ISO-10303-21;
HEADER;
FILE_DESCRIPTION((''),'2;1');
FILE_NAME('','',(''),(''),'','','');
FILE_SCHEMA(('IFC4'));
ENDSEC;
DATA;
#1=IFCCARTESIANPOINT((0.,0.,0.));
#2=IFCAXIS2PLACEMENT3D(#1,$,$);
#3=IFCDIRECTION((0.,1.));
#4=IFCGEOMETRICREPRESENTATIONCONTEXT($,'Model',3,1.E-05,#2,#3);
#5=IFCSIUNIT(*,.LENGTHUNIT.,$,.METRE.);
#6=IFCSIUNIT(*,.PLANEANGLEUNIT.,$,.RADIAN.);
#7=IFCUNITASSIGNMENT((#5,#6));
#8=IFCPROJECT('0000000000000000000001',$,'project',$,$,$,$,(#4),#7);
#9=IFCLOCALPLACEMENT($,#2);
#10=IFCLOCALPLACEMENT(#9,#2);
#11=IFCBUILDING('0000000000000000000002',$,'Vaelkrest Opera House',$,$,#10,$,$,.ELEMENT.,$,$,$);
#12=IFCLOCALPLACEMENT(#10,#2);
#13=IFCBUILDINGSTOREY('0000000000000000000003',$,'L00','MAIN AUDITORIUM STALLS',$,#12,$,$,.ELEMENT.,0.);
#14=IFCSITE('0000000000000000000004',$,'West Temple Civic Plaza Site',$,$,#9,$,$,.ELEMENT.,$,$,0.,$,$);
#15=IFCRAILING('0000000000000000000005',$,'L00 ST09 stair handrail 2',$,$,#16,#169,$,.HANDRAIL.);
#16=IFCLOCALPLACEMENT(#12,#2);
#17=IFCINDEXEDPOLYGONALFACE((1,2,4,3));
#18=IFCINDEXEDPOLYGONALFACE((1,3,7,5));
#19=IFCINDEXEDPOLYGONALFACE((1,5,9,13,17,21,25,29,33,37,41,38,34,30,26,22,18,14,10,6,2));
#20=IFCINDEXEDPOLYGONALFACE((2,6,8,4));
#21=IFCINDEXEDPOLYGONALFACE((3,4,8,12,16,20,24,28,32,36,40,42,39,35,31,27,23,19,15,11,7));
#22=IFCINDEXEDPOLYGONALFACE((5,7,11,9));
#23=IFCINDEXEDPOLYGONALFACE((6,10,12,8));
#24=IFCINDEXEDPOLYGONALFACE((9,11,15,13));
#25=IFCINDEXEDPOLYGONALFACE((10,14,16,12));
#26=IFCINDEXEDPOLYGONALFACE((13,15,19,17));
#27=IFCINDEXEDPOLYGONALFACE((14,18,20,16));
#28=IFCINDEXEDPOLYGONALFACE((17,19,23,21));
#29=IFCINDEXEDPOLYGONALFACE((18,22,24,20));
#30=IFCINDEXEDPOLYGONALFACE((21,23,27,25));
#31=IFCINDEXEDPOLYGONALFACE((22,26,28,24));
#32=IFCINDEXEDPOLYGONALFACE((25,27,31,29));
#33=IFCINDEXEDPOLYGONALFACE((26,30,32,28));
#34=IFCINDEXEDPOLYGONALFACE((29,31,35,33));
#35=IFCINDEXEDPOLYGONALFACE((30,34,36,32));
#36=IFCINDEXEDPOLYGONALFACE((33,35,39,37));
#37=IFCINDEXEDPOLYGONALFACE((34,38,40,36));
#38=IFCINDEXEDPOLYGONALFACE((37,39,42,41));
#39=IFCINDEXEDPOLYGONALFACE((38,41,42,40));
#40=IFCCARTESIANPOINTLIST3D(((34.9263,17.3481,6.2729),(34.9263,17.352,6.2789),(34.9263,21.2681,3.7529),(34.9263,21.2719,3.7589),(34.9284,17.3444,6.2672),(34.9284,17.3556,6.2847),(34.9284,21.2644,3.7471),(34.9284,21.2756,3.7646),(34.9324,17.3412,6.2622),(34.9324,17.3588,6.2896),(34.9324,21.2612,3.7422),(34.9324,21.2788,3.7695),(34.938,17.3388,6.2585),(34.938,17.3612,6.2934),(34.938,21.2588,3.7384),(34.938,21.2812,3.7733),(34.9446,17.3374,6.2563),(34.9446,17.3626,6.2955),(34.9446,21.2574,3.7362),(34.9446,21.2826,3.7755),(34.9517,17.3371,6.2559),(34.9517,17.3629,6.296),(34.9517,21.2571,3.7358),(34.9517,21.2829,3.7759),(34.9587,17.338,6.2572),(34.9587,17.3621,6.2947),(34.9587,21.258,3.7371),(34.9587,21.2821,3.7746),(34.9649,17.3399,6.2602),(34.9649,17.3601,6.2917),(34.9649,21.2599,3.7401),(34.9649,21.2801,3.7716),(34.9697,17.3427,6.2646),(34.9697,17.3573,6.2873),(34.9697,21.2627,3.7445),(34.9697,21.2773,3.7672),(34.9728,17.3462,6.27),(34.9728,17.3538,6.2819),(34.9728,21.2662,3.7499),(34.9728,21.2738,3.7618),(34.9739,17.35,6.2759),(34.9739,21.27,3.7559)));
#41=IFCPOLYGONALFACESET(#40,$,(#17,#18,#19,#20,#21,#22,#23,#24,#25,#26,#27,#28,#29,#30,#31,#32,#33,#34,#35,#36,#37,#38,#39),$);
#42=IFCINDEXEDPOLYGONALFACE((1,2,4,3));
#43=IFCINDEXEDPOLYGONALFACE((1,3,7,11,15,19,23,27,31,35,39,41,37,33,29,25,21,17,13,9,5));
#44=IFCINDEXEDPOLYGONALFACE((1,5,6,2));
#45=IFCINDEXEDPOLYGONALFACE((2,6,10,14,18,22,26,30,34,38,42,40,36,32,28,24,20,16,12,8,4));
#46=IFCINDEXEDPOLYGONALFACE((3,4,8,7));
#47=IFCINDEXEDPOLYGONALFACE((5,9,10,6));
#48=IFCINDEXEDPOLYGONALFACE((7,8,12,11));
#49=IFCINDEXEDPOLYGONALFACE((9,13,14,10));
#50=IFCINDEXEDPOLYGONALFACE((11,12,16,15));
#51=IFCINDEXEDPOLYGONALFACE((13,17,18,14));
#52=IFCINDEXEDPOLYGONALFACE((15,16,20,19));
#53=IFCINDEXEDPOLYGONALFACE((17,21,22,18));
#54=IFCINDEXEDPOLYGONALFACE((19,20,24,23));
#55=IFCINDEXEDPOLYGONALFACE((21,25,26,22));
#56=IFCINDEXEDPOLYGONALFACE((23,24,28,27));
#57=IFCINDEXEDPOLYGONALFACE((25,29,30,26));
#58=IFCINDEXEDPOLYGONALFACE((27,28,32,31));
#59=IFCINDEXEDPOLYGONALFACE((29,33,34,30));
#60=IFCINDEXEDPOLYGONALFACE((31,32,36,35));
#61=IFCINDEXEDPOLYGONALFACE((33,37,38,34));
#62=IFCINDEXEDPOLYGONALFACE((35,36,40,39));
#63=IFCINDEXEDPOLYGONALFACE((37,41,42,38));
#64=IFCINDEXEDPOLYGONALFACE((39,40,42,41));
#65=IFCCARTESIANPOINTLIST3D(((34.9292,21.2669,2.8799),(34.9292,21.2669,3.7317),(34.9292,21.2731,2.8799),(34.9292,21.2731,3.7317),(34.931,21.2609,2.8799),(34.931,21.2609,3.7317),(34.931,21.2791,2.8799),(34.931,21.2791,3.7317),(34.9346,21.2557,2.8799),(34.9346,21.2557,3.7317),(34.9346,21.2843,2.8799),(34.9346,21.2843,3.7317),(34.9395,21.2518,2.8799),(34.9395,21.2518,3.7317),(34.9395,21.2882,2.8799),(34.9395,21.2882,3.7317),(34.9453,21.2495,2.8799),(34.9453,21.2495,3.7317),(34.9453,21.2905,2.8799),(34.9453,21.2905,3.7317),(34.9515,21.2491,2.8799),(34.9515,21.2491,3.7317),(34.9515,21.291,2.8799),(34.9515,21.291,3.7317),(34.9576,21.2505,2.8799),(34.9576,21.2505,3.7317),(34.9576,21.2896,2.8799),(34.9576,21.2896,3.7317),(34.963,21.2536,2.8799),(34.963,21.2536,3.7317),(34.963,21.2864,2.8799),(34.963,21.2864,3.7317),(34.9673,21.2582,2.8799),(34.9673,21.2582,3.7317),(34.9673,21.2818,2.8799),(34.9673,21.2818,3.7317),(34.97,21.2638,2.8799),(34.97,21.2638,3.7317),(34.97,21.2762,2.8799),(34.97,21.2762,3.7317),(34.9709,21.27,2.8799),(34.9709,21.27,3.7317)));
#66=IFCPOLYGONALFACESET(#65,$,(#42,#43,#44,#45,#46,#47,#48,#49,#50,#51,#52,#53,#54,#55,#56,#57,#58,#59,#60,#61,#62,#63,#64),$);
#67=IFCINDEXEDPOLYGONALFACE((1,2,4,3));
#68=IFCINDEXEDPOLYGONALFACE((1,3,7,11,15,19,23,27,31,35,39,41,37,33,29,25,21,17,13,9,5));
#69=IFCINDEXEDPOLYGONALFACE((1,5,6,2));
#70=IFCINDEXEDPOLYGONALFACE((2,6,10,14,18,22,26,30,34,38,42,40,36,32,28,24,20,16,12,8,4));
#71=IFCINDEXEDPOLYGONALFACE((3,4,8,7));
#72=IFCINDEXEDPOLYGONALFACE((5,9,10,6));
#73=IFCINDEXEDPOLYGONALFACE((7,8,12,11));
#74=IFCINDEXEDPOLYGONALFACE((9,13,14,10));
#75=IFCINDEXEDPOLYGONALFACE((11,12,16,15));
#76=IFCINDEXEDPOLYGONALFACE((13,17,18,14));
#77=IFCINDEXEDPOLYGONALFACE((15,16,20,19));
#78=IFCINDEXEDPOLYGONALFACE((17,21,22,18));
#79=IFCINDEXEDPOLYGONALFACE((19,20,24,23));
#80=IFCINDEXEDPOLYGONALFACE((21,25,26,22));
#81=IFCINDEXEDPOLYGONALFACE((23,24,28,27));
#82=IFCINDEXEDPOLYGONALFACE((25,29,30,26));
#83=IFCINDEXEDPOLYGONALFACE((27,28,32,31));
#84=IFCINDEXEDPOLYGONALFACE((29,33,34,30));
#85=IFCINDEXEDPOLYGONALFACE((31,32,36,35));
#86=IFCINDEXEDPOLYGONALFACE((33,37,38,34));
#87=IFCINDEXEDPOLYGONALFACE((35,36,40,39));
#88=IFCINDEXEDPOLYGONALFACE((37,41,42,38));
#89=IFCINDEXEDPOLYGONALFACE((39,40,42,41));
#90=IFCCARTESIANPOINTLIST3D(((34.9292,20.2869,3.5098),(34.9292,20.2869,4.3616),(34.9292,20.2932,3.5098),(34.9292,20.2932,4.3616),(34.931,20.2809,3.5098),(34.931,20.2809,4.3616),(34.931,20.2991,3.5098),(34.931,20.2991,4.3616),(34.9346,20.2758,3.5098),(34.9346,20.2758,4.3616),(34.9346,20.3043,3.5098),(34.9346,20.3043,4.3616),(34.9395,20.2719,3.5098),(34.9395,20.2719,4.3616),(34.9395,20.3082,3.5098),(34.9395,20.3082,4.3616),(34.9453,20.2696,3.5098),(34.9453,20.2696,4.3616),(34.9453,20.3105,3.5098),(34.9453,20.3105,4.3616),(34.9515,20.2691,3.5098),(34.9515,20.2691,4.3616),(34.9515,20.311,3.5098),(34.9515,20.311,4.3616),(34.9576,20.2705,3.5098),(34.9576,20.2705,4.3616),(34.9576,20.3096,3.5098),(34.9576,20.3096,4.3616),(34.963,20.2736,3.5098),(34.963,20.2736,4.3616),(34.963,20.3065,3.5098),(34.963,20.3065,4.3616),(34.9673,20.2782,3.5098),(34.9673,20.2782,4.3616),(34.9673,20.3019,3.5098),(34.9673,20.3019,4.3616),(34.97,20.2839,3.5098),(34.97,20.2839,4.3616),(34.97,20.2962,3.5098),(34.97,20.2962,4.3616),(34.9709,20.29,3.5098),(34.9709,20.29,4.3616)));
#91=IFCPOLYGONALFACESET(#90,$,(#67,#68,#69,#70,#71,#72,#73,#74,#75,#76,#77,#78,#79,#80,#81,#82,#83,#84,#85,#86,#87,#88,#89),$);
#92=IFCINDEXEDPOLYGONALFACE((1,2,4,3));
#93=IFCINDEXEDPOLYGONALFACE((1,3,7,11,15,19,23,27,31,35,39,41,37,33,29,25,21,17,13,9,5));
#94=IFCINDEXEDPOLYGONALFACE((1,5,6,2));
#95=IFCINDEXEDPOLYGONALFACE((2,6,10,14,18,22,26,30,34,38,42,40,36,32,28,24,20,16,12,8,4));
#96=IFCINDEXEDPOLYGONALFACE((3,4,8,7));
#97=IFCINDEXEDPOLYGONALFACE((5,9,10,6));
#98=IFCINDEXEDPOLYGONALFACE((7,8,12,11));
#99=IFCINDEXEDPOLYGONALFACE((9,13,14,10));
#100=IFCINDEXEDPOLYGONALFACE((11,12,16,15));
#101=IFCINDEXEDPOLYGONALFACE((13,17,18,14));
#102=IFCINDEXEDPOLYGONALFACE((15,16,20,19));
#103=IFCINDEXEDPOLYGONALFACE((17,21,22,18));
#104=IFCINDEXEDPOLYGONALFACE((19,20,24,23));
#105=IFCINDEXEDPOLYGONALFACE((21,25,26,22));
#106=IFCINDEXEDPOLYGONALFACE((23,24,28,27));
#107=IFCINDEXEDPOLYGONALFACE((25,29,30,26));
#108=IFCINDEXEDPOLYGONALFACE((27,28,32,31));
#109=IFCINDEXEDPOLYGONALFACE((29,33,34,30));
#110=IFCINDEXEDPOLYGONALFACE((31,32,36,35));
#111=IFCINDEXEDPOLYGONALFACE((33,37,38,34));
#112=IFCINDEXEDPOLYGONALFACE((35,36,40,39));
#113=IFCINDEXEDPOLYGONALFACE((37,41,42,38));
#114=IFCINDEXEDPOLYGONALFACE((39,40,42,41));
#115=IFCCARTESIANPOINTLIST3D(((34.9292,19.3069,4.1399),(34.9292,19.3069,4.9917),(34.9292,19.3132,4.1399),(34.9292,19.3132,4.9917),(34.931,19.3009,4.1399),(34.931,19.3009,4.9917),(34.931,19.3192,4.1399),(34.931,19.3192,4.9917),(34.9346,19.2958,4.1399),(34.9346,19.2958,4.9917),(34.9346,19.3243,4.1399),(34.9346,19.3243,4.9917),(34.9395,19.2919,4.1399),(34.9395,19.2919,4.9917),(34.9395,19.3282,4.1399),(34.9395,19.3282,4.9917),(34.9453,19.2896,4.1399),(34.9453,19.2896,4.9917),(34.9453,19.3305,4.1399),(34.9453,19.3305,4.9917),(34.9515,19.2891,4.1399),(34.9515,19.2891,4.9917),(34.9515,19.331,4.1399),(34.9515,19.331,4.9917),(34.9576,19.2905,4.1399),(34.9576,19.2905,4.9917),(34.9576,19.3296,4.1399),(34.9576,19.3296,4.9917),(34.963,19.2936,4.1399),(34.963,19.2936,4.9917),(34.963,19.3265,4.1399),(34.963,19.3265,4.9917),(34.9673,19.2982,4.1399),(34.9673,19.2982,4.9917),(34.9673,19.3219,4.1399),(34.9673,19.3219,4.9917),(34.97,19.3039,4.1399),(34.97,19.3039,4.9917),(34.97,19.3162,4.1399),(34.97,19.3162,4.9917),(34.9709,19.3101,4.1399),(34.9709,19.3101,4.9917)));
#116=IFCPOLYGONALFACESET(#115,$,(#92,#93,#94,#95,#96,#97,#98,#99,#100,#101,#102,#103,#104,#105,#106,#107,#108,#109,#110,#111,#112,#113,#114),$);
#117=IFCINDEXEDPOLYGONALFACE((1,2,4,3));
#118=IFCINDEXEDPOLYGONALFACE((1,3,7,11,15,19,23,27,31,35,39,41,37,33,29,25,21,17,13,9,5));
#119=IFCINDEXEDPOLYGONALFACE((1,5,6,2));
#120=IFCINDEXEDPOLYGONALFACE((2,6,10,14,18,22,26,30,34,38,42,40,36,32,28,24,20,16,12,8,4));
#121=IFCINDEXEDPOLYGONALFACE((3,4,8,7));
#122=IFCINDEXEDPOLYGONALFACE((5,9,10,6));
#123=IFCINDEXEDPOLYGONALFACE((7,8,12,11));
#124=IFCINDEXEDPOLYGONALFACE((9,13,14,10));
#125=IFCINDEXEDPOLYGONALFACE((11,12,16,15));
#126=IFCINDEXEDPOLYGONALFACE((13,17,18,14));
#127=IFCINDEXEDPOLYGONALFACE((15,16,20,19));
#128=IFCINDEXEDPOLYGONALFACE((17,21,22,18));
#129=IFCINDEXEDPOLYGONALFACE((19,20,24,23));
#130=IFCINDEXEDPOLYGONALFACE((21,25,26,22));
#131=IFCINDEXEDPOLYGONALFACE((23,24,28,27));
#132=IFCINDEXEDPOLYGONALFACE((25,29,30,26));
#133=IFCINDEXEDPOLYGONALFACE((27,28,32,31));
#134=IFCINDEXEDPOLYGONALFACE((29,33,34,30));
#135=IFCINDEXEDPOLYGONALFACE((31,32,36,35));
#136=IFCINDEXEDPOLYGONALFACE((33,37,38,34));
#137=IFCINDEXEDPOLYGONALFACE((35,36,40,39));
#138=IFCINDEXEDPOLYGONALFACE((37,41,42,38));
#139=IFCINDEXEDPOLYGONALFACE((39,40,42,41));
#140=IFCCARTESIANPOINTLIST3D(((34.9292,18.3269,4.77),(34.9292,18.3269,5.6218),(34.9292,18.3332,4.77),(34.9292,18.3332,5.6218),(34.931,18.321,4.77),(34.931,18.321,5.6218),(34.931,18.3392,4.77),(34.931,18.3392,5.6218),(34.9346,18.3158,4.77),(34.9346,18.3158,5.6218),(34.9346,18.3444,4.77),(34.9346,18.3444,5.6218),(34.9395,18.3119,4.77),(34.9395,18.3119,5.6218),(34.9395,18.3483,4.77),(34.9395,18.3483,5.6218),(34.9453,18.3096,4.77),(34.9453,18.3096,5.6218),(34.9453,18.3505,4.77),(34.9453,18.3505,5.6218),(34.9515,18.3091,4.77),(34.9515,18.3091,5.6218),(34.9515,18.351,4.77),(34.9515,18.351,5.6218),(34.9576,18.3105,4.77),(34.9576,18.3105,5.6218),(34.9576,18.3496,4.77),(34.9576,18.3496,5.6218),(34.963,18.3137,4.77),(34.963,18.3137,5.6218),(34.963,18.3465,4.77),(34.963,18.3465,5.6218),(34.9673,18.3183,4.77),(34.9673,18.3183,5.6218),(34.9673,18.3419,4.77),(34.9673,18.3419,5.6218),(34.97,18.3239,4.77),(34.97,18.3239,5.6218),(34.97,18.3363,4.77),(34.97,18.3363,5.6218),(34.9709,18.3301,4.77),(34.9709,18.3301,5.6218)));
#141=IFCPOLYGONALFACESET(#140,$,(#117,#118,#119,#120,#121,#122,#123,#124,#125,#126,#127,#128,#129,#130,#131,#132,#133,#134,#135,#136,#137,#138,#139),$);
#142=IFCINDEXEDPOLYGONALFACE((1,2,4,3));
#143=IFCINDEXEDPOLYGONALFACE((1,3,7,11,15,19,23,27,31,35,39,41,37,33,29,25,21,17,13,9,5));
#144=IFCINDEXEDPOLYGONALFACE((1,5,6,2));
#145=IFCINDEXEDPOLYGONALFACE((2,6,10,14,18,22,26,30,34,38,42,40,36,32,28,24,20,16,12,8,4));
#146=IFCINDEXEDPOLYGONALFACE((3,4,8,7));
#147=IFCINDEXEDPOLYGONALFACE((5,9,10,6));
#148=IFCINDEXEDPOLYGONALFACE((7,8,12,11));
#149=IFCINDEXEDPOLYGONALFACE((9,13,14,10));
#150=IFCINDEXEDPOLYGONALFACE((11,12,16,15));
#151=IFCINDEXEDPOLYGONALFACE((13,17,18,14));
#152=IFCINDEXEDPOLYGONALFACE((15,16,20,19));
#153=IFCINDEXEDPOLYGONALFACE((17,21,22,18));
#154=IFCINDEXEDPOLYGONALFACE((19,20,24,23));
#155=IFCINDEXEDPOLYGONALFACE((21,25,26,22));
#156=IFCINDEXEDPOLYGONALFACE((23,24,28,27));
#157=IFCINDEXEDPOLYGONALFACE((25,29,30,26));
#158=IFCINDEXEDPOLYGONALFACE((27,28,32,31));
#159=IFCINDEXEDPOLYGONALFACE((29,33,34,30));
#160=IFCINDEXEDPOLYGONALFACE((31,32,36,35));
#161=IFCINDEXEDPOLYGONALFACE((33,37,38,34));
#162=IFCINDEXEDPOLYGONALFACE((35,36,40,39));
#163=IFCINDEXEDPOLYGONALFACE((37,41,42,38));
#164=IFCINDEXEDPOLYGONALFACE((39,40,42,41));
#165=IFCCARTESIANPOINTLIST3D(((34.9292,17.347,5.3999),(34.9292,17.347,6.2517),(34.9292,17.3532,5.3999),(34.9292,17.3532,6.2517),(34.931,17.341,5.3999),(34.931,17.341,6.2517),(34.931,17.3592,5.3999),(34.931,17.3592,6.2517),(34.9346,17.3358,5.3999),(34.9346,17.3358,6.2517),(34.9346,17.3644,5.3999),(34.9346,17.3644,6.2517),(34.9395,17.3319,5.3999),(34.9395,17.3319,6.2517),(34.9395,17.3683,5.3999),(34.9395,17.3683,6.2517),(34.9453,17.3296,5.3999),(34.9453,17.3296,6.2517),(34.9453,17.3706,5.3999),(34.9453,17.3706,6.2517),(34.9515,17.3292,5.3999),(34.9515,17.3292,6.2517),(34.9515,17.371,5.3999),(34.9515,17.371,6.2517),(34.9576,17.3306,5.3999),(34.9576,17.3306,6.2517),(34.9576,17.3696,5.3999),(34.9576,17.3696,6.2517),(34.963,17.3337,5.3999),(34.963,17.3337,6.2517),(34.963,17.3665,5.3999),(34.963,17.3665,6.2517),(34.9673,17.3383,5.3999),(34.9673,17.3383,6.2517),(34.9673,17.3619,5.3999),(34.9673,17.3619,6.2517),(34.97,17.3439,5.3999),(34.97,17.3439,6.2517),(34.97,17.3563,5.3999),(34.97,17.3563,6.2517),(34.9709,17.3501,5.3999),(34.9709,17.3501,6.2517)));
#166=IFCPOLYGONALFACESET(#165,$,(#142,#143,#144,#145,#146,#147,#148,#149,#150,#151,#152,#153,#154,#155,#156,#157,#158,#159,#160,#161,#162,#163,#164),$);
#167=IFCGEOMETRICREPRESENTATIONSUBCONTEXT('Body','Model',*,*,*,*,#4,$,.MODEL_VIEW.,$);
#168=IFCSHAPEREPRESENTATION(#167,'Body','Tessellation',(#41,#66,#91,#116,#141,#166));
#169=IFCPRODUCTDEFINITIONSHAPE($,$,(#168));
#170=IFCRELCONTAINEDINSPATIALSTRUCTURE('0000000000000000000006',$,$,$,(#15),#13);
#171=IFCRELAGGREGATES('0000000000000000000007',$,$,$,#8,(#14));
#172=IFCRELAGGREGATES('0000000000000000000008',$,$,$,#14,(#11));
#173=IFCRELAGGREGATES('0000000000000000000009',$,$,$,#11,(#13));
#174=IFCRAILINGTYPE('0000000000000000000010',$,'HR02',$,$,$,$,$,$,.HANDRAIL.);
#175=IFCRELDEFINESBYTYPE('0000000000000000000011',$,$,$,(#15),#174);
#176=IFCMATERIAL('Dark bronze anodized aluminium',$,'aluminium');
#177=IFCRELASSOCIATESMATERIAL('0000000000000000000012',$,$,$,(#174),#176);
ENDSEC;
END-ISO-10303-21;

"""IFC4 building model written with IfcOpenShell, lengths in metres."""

from ifc_helpers import new_model, si_unit, direction, frame, origin, origin_2d, place, context, subcontext, project, spatial, circle, extrude, material, type_object, element, save


model = new_model("IFC4")

# Units and contexts
model_context = context("Model", 3, precision=1e-05, world=origin(), true_north=direction((0.0, 1.0)))
body_context = subcontext(model_context, "Body", "Model", "MODEL_VIEW")
ifc_project = project(units=[si_unit("LENGTHUNIT", "METRE"), si_unit("PLANEANGLEUNIT", "RADIAN")], contexts=[model_context])

# Site, building, storey
site_placement = place(None, origin())
site = spatial("IfcSite", under=ifc_project, at=site_placement, Name="West Temple Civic Plaza Site", CompositionType="ELEMENT", RefElevation=0.0)
building_placement = place(site_placement, origin())
building = spatial("IfcBuilding", under=site, at=building_placement, Name="Vaelkrest Opera House", CompositionType="ELEMENT")
storey_placement = place(building_placement, origin())
storey = spatial("IfcBuildingStorey", under=building, at=storey_placement, Name="L00", Description="MAIN AUDITORIUM STALLS", CompositionType="ELEMENT", Elevation=0.0)

# Shared definitions
ifc_material_1 = material(Name="Dark bronze anodized aluminium", Category="aluminium")

# Railing
railing_type_1 = type_object("IfcRailingType", Name="HR02", PredefinedType="HANDRAIL", material=ifc_material_1)
railing_1_placement = place(storey_placement, frame((34.95, 21.27, 2.8799)))
element("IfcRailing", 1, at=railing_1_placement, inside=storey, type_object=railing_type_1, Name="L00 ST09 stair handrail 2", PredefinedType="HANDRAIL", context=body_context, shape_type="SweptSolid", body=[
    extrude(circle(Radius=0.0239, at=origin_2d()), frame((0.0, 0.0, 0.876), z_axis=(0.0, -0.841172, 0.540768), x_axis=(1.0, 0.0, 0.0)), (0.0, 0.0, 1.0), 4.6602),
    extrude(circle(Radius=0.021, at=origin_2d()), origin(), (0.0, 0.0, 1.0), 0.8518),
    extrude(circle(Radius=0.021, at=origin_2d()), frame((0.0, -0.98, 0.6299)), (0.0, 0.0, 1.0), 0.8518),
    extrude(circle(Radius=0.021, at=origin_2d()), frame((0.0, -1.96, 1.26)), (0.0, 0.0, 1.0), 0.8518),
    extrude(circle(Radius=0.021, at=origin_2d()), frame((0.0, -2.9399, 1.8901)), (0.0, 0.0, 1.0), 0.8518),
    extrude(circle(Radius=0.021, at=origin_2d()), frame((0.0, -3.9199, 2.52)), (0.0, 0.0, 1.0), 0.8518),
])

save(model, "model.ifc")
